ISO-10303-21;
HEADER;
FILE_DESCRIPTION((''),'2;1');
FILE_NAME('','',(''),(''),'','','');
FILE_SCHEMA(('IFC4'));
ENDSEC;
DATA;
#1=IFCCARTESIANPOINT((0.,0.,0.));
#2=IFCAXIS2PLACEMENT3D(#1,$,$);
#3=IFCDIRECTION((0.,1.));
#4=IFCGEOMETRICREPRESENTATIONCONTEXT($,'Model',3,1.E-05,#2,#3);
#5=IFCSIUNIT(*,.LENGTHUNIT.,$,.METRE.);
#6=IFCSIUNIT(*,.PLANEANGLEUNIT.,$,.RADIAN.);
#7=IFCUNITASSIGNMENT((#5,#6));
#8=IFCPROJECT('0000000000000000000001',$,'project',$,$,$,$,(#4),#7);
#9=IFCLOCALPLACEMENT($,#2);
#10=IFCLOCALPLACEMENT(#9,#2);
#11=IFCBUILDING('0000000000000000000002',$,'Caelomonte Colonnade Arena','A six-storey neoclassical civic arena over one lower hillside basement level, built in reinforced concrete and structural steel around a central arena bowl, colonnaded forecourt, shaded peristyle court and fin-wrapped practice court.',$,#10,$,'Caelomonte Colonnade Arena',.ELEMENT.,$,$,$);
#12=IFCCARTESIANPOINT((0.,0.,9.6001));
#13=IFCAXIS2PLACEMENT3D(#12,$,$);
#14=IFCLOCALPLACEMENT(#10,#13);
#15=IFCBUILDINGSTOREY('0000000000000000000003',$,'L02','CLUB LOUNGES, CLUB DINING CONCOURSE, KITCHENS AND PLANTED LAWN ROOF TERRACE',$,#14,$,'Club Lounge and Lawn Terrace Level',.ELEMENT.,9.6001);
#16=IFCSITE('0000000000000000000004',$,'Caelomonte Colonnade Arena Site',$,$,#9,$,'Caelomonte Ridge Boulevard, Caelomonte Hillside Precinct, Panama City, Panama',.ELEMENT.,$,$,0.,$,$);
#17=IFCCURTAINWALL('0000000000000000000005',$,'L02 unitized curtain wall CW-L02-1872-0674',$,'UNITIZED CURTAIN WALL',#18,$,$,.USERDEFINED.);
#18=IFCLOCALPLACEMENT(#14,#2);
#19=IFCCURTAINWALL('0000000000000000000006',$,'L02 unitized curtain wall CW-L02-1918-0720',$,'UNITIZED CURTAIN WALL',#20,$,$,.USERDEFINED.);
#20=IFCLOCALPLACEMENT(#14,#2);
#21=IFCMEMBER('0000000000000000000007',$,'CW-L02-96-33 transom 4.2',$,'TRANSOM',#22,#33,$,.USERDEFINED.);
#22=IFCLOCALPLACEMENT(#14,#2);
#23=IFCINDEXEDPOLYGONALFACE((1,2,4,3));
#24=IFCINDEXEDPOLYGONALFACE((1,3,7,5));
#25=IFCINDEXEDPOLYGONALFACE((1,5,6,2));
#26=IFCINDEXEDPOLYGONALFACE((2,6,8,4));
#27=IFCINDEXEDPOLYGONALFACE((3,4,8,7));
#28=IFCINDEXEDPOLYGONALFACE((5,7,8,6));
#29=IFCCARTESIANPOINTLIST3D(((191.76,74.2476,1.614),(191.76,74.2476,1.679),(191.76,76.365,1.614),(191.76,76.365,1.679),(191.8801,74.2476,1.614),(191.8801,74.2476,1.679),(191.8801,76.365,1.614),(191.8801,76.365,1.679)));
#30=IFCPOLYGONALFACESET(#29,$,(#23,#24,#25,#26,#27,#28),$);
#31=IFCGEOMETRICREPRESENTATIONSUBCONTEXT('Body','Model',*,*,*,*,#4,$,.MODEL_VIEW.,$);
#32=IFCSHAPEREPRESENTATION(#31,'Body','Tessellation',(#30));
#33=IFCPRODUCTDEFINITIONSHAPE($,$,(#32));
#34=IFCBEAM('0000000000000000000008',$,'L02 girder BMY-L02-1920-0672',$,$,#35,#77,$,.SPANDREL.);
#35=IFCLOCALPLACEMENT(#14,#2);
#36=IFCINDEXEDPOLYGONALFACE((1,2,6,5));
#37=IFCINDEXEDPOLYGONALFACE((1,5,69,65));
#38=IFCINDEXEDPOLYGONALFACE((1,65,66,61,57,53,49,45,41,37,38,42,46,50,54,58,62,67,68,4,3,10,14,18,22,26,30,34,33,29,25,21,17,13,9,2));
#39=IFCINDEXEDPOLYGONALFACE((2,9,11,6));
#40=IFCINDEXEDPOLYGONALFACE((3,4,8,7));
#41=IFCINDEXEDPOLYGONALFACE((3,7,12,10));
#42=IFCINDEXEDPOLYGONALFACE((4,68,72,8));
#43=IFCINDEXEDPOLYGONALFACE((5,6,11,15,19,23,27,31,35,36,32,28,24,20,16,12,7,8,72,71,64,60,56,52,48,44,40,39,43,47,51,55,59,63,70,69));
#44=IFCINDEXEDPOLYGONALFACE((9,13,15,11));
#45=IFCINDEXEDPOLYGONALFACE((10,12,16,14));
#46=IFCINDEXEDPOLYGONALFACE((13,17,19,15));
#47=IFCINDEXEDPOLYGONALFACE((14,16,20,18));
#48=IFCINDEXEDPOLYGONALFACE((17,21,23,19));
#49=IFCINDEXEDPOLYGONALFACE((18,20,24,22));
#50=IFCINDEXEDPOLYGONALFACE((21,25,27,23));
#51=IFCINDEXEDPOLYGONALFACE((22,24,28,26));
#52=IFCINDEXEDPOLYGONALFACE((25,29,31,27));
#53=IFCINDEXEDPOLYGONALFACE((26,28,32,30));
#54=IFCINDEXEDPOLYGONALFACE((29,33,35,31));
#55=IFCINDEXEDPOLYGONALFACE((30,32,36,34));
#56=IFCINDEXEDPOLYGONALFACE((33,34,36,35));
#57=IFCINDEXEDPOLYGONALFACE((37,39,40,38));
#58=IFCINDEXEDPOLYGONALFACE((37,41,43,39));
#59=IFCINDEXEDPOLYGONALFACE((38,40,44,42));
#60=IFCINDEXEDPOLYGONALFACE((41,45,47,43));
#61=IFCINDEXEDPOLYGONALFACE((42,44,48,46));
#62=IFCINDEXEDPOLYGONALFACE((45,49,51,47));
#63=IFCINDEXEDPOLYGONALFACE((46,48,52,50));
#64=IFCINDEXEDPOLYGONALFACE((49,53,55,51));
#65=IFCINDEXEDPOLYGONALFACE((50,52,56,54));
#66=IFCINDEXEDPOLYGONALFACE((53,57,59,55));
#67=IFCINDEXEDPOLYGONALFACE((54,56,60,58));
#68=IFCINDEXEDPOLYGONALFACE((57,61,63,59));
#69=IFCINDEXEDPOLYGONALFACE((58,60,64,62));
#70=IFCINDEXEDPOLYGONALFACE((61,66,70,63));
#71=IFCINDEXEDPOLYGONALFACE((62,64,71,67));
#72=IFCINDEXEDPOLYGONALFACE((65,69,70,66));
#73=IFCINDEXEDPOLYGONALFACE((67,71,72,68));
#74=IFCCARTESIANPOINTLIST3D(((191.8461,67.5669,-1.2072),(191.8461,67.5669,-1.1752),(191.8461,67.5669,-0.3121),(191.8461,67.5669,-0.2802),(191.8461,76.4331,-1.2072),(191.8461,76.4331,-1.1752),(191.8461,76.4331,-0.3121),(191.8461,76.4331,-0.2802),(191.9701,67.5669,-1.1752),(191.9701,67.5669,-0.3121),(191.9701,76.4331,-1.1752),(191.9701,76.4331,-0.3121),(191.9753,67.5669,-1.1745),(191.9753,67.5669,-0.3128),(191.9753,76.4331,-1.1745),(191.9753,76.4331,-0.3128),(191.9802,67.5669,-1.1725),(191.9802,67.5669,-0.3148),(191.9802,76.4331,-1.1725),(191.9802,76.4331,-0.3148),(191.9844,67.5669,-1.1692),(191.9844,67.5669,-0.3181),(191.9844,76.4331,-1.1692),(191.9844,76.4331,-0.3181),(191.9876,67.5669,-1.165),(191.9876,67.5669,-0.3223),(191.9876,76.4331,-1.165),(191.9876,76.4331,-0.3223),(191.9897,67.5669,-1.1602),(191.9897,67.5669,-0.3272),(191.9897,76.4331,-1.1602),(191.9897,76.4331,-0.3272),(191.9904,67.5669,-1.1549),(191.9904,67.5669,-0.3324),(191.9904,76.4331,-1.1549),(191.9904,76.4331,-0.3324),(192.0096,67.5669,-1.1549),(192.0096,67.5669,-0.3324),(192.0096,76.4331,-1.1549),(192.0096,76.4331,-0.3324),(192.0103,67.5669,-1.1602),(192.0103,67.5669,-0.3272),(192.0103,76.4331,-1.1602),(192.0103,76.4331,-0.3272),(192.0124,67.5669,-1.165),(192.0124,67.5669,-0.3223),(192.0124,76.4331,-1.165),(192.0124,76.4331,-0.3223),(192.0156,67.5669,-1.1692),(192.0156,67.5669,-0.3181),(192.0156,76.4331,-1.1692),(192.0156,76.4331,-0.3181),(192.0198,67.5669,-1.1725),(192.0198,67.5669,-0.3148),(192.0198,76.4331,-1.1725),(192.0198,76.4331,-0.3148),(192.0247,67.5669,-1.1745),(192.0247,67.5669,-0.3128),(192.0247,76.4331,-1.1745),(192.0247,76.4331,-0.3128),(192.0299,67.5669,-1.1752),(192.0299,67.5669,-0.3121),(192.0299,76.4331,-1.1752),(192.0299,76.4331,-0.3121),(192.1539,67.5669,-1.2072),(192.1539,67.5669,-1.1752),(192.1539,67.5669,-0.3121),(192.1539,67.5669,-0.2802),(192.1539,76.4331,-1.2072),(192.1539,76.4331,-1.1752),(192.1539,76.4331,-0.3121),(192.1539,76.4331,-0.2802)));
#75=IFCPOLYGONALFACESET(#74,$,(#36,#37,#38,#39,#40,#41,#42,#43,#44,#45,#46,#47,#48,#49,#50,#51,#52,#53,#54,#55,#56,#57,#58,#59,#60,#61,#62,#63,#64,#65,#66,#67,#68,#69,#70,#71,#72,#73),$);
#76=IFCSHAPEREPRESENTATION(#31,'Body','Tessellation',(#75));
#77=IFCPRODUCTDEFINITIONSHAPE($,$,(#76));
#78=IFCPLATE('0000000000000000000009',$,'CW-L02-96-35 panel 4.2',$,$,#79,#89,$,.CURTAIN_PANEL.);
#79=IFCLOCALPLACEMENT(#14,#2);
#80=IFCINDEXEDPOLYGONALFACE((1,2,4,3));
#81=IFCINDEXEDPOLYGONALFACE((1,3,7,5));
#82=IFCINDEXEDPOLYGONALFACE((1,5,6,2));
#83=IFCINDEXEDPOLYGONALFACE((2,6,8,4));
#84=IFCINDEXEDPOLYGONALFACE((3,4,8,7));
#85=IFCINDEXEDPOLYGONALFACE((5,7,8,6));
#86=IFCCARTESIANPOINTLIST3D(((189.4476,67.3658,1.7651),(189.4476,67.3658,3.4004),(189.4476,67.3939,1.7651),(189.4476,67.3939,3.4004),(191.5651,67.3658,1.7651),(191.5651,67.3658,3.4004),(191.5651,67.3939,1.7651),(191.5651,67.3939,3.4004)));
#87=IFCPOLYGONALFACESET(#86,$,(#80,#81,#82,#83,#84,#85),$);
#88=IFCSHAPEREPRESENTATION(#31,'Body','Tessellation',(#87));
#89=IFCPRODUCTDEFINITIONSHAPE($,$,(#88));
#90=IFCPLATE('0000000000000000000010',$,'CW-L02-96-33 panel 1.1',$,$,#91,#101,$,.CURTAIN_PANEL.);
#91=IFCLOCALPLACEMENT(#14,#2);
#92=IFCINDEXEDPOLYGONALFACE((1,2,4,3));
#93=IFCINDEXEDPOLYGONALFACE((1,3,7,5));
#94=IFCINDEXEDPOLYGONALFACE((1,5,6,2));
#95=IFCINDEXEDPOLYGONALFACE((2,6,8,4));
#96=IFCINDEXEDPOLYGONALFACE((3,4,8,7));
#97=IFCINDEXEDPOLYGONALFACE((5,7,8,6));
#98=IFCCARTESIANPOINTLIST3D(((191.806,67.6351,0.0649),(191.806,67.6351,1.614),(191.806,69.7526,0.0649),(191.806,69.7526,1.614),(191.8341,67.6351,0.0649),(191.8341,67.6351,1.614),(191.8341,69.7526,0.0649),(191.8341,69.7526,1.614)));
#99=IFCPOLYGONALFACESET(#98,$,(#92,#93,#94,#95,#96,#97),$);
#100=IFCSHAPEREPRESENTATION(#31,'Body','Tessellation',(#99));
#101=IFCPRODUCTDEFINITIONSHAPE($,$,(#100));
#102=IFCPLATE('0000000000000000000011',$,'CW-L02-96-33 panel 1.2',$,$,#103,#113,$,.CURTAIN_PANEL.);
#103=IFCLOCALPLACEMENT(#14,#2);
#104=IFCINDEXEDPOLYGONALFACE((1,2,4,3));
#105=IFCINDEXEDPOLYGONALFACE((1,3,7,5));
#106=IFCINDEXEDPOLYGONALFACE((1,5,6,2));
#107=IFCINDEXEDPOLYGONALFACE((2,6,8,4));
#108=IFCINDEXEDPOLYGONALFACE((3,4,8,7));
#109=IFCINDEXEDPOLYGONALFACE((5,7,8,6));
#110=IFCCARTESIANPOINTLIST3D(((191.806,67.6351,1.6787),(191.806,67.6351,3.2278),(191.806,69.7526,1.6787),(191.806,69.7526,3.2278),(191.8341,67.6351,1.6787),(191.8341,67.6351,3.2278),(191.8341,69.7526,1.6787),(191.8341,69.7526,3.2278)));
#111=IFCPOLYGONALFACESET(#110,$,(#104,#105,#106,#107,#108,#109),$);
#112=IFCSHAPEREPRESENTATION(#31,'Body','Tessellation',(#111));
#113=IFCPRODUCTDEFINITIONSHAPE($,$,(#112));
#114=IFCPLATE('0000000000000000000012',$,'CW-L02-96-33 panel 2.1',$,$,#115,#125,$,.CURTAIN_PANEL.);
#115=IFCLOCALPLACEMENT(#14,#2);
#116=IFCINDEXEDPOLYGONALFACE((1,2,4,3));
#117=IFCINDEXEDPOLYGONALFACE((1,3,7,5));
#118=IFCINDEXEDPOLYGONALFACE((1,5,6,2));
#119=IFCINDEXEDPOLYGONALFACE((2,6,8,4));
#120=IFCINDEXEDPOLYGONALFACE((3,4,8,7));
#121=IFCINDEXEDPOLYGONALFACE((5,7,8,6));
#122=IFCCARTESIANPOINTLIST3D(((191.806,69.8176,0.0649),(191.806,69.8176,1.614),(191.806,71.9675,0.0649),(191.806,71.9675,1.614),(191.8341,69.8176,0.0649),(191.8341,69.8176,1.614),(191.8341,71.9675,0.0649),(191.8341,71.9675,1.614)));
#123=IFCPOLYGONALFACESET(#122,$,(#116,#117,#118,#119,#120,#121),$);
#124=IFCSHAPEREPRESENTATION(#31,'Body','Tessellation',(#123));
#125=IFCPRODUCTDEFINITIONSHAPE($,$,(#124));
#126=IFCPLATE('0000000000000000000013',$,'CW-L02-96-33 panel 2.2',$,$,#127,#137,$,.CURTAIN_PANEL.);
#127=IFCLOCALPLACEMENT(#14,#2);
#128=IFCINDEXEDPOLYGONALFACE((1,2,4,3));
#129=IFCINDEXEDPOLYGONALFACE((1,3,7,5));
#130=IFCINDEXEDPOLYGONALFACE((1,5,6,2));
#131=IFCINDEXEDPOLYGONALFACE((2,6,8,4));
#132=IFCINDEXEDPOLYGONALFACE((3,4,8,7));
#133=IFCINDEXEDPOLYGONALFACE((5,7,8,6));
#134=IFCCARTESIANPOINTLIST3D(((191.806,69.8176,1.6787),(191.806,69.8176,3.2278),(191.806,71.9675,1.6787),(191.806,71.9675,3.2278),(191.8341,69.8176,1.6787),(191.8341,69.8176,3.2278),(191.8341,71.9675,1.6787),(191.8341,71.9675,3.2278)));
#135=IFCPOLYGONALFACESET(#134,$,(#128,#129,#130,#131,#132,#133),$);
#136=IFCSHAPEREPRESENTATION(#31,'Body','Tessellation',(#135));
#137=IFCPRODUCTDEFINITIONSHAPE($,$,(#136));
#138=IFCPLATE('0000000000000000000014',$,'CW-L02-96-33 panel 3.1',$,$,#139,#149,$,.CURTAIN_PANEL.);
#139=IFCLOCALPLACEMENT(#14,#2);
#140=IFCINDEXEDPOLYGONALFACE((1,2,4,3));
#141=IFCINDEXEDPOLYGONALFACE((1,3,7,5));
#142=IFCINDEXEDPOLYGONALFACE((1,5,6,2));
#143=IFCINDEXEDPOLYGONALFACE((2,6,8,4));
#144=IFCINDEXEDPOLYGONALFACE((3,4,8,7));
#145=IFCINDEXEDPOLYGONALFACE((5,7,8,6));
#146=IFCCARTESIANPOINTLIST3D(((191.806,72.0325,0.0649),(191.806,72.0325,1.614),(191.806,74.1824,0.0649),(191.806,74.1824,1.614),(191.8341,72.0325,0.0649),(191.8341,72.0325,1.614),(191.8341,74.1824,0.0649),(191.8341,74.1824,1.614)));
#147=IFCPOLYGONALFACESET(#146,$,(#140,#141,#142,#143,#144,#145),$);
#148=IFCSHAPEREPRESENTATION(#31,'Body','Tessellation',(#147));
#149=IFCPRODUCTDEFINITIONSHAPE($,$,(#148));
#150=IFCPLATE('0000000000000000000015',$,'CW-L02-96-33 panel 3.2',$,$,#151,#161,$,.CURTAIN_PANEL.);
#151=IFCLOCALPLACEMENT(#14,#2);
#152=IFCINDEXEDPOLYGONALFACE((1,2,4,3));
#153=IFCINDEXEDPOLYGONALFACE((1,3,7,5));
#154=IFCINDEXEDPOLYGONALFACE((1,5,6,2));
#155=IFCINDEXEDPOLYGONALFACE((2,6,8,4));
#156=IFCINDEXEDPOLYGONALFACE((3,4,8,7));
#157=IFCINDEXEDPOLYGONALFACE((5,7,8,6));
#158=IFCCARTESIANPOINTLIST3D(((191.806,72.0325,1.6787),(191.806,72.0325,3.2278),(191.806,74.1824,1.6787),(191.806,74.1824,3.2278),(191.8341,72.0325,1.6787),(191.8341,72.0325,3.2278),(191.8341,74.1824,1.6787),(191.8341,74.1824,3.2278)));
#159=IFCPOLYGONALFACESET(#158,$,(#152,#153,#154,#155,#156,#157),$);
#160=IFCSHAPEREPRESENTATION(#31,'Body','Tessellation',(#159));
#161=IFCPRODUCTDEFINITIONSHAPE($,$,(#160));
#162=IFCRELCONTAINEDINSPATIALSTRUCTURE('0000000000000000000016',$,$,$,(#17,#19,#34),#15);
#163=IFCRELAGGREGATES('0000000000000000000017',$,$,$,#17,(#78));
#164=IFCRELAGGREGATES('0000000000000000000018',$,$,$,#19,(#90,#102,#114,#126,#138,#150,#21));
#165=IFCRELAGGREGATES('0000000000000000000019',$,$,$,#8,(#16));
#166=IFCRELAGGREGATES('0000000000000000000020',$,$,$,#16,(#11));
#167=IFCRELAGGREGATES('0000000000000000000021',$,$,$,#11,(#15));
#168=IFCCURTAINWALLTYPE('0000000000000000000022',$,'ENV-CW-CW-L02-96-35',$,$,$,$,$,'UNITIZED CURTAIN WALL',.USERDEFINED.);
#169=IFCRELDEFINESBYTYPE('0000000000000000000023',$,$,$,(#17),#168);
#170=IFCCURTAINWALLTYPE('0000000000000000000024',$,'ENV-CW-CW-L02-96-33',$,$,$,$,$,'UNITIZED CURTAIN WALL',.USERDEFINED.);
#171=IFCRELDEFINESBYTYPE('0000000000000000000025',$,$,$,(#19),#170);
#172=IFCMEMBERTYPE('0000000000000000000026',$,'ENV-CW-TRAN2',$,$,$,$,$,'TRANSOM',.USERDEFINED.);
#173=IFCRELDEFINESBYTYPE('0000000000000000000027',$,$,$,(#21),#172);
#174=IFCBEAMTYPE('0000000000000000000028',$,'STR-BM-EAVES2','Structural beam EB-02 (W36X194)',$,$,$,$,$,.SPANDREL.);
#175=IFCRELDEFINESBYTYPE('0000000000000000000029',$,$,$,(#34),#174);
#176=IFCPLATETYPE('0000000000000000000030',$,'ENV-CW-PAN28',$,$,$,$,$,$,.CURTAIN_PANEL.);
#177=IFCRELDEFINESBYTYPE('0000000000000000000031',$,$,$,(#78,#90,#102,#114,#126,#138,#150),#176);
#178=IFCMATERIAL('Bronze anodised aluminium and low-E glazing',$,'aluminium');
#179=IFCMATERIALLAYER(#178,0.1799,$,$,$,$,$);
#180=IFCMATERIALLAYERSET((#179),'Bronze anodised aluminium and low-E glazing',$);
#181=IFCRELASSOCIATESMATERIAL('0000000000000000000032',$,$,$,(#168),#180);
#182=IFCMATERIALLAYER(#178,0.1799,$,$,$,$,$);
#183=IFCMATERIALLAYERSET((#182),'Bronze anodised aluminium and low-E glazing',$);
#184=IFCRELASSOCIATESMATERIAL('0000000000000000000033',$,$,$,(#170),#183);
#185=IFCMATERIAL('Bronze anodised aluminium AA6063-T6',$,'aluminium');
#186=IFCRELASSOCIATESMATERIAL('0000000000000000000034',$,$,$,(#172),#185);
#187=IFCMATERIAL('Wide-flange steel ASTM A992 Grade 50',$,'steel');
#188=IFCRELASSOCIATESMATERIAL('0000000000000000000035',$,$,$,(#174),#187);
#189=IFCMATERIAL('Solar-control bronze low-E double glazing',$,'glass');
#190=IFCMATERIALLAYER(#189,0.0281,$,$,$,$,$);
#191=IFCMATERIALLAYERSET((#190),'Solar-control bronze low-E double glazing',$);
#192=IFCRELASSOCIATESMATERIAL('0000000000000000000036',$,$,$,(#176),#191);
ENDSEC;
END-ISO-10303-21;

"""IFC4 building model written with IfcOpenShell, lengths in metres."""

from ifc_helpers import new_model, si_unit, direction, frame, origin, origin_2d, place, context, subcontext, project, spatial, rectangle, i_section, extrude, material, layer, layer_set, material_profile, profile_set, type_object, element, aggregate, save


model = new_model("IFC4")

# Units and contexts
model_context = context("Model", 3, precision=1e-05, world=origin(), true_north=direction((0.0, 1.0)))
body_context = subcontext(model_context, "Body", "Model", "MODEL_VIEW")
ifc_project = project(units=[si_unit("LENGTHUNIT", "METRE"), si_unit("PLANEANGLEUNIT", "RADIAN")], contexts=[model_context])

# Site, building, storey
site_placement = place(None, origin())
site = spatial("IfcSite", under=ifc_project, at=site_placement, Name="Caelomonte Colonnade Arena Site", LongName="Caelomonte Ridge Boulevard, Caelomonte Hillside Precinct, Panama City, Panama", CompositionType="ELEMENT", RefElevation=0.0)
building_placement = place(site_placement, origin())
building = spatial("IfcBuilding", under=site, at=building_placement, Name="Caelomonte Colonnade Arena", Description="A six-storey neoclassical civic arena over one lower hillside basement level, built in reinforced concrete and structural steel around a central arena bowl, colonnaded forecourt, shaded peristyle court and fin-wrapped practice court.", LongName="Caelomonte Colonnade Arena", CompositionType="ELEMENT")
storey_placement = place(building_placement, frame((0.0, 0.0, 9.6001)))
storey = spatial("IfcBuildingStorey", under=building, at=storey_placement, Name="L02", Description="CLUB LOUNGES, CLUB DINING CONCOURSE, KITCHENS AND PLANTED LAWN ROOF TERRACE", LongName="Club Lounge and Lawn Terrace Level", CompositionType="ELEMENT", Elevation=9.6001)

# Curtain wall
ifc_material_1 = material(Name="Bronze anodised aluminium and low-E glazing", Category="aluminium")
ifc_layer_1 = layer(ifc_material_1, 0.1799)
ifc_layer_set_1 = layer_set([ifc_layer_1], Name="Bronze anodised aluminium and low-E glazing")
curtain_wall_type_1 = type_object("IfcCurtainWallType", Name="ENV-CW-CW-L02-96-35", ElementType="UNITIZED CURTAIN WALL", PredefinedType="USERDEFINED", material=ifc_layer_set_1)
curtain_wall_1_placement = place(storey_placement, origin())
curtain_wall_1 = element("IfcCurtainWall", 1, at=curtain_wall_1_placement, inside=storey, type_object=curtain_wall_type_1, Name="L02 unitized curtain wall CW-L02-1872-0674", ObjectType="UNITIZED CURTAIN WALL", PredefinedType="USERDEFINED")
ifc_material_2 = material(Name="Bronze anodised aluminium AA6063-T6", Category="aluminium")

# Curtain wall, member
ifc_layer_2 = layer(ifc_material_1, 0.1799)
ifc_layer_set_2 = layer_set([ifc_layer_2], Name="Bronze anodised aluminium and low-E glazing")
curtain_wall_type_2 = type_object("IfcCurtainWallType", Name="ENV-CW-CW-L02-96-33", ElementType="UNITIZED CURTAIN WALL", PredefinedType="USERDEFINED", material=ifc_layer_set_2)
curtain_wall_2_placement = place(storey_placement, origin())
curtain_wall_2 = element("IfcCurtainWall", 2, at=curtain_wall_2_placement, inside=storey, type_object=curtain_wall_type_2, Name="L02 unitized curtain wall CW-L02-1918-0720", ObjectType="UNITIZED CURTAIN WALL", PredefinedType="USERDEFINED")
ifc_material_profile_1 = material_profile(ifc_material_2, rectangle(XDim=0.0649, YDim=0.1201, at=origin_2d()), Name="CWT-65X120")
ifc_profile_set_1 = profile_set([ifc_material_profile_1], Name="Bronze anodised aluminium AA6063-T6")
member_type_1 = type_object("IfcMemberType", Name="ENV-CW-TRAN2", ElementType="TRANSOM", PredefinedType="USERDEFINED", material=ifc_profile_set_1)
member_1_placement = place(storey_placement, frame((191.8201, 74.2476, 1.6465), z_axis=(0.0, 1.0, 0.0), x_axis=(0.0, 0.0, 1.0)))
member_1 = element("IfcMember", 3, at=member_1_placement, type_object=member_type_1, Name="CW-L02-96-33 transom 4.2", ObjectType="TRANSOM", PredefinedType="USERDEFINED", context=body_context, shape_type="SweptSolid", body=[
    extrude(rectangle(XDim=0.0649, YDim=0.1201, at=origin_2d()), origin(), (0.0, 0.0, 1.0), 2.1174),
])

# Beam
ifc_material_3 = material(Name="Wide-flange steel ASTM A992 Grade 50", Category="steel")
ifc_material_profile_2 = material_profile(ifc_material_3, i_section(OverallWidth=0.3079, OverallDepth=0.927, WebThickness=0.0193, FlangeThickness=0.032, FilletRadius=0.0203, at=origin_2d()), Name="W36X194")
ifc_profile_set_2 = profile_set([ifc_material_profile_2], Name="Wide-flange steel ASTM A992 Grade 50")
beam_type = type_object("IfcBeamType", Name="STR-BM-EAVES2", Description="Structural beam EB-02 (W36X194)", PredefinedType="SPANDREL", material=ifc_profile_set_2)
beam_placement = place(storey_placement, frame((192.0, 67.5669, -0.7437), z_axis=(0.0, 1.0, 0.0), x_axis=(-1.0, 0.0, 0.0)))
element("IfcBeam", 4, at=beam_placement, inside=storey, type_object=beam_type, Name="L02 girder BMY-L02-1920-0672", PredefinedType="SPANDREL", context=body_context, shape_type="SweptSolid", body=[
    extrude(i_section(OverallWidth=0.3079, OverallDepth=0.927, WebThickness=0.0193, FlangeThickness=0.032, FilletRadius=0.0203, at=origin_2d()), origin(), (0.0, 0.0, 1.0), 8.8662),
])

# Plates
ifc_material_4 = material(Name="Solar-control bronze low-E double glazing", Category="glass")
ifc_layer_3 = layer(ifc_material_4, 0.0281)
ifc_layer_set_3 = layer_set([ifc_layer_3], Name="Solar-control bronze low-E double glazing")
plate_type = type_object("IfcPlateType", Name="ENV-CW-PAN28", PredefinedType="CURTAIN_PANEL", material=ifc_layer_set_3)
plate_1_placement = place(storey_placement, frame((190.5063, 67.3799, 1.7651), z_axis=(0.0, 0.0, 1.0), x_axis=(1.0, 0.0, 0.0)))
plate_1 = element("IfcPlate", 5, at=plate_1_placement, type_object=plate_type, Name="CW-L02-96-35 panel 4.2", PredefinedType="CURTAIN_PANEL", context=body_context, shape_type="SweptSolid", body=[
    extrude(rectangle(XDim=2.1174, YDim=0.0281, at=origin_2d()), origin(), (0.0, 0.0, 1.0), 1.6353),
])
aggregate(curtain_wall_1, [plate_1])
plate_2_placement = place(storey_placement, frame((191.8201, 68.6938, 0.0649), z_axis=(0.0, 0.0, 1.0), x_axis=(0.0, 1.0, 0.0)))
plate_2 = element("IfcPlate", 6, at=plate_2_placement, type_object=plate_type, Name="CW-L02-96-33 panel 1.1", PredefinedType="CURTAIN_PANEL", context=body_context, shape_type="SweptSolid", body=[
    extrude(rectangle(XDim=2.1174, YDim=0.0281, at=origin_2d()), origin(), (0.0, 0.0, 1.0), 1.5491),
])
plate_3_placement = place(storey_placement, frame((191.8201, 68.6938, 1.6787), z_axis=(0.0, 0.0, 1.0), x_axis=(0.0, 1.0, 0.0)))
plate_3 = element("IfcPlate", 7, at=plate_3_placement, type_object=plate_type, Name="CW-L02-96-33 panel 1.2", PredefinedType="CURTAIN_PANEL", context=body_context, shape_type="SweptSolid", body=[
    extrude(rectangle(XDim=2.1174, YDim=0.0281, at=origin_2d()), origin(), (0.0, 0.0, 1.0), 1.5491),
])
plate_4_placement = place(storey_placement, frame((191.8201, 70.8926, 0.0649), z_axis=(0.0, 0.0, 1.0), x_axis=(0.0, 1.0, 0.0)))
plate_4 = element("IfcPlate", 8, at=plate_4_placement, type_object=plate_type, Name="CW-L02-96-33 panel 2.1", PredefinedType="CURTAIN_PANEL", context=body_context, shape_type="SweptSolid", body=[
    extrude(rectangle(XDim=2.1499, YDim=0.0281, at=origin_2d()), origin(), (0.0, 0.0, 1.0), 1.5491),
])
plate_5_placement = place(storey_placement, frame((191.8201, 70.8926, 1.6787), z_axis=(0.0, 0.0, 1.0), x_axis=(0.0, 1.0, 0.0)))
plate_5 = element("IfcPlate", 9, at=plate_5_placement, type_object=plate_type, Name="CW-L02-96-33 panel 2.2", PredefinedType="CURTAIN_PANEL", context=body_context, shape_type="SweptSolid", body=[
    extrude(rectangle(XDim=2.1499, YDim=0.0281, at=origin_2d()), origin(), (0.0, 0.0, 1.0), 1.5491),
])
plate_6_placement = place(storey_placement, frame((191.8201, 73.1074, 0.0649), z_axis=(0.0, 0.0, 1.0), x_axis=(0.0, 1.0, 0.0)))
plate_6 = element("IfcPlate", 10, at=plate_6_placement, type_object=plate_type, Name="CW-L02-96-33 panel 3.1", PredefinedType="CURTAIN_PANEL", context=body_context, shape_type="SweptSolid", body=[
    extrude(rectangle(XDim=2.1499, YDim=0.0281, at=origin_2d()), origin(), (0.0, 0.0, 1.0), 1.5491),
])
plate_7_placement = place(storey_placement, frame((191.8201, 73.1074, 1.6787), z_axis=(0.0, 0.0, 1.0), x_axis=(0.0, 1.0, 0.0)))
plate_7 = element("IfcPlate", 11, at=plate_7_placement, type_object=plate_type, Name="CW-L02-96-33 panel 3.2", PredefinedType="CURTAIN_PANEL", context=body_context, shape_type="SweptSolid", body=[
    extrude(rectangle(XDim=2.1499, YDim=0.0281, at=origin_2d()), origin(), (0.0, 0.0, 1.0), 1.5491),
])
aggregate(curtain_wall_2, [plate_2, plate_3, plate_4, plate_5, plate_6, plate_7, member_1])

save(model, "model.ifc")
